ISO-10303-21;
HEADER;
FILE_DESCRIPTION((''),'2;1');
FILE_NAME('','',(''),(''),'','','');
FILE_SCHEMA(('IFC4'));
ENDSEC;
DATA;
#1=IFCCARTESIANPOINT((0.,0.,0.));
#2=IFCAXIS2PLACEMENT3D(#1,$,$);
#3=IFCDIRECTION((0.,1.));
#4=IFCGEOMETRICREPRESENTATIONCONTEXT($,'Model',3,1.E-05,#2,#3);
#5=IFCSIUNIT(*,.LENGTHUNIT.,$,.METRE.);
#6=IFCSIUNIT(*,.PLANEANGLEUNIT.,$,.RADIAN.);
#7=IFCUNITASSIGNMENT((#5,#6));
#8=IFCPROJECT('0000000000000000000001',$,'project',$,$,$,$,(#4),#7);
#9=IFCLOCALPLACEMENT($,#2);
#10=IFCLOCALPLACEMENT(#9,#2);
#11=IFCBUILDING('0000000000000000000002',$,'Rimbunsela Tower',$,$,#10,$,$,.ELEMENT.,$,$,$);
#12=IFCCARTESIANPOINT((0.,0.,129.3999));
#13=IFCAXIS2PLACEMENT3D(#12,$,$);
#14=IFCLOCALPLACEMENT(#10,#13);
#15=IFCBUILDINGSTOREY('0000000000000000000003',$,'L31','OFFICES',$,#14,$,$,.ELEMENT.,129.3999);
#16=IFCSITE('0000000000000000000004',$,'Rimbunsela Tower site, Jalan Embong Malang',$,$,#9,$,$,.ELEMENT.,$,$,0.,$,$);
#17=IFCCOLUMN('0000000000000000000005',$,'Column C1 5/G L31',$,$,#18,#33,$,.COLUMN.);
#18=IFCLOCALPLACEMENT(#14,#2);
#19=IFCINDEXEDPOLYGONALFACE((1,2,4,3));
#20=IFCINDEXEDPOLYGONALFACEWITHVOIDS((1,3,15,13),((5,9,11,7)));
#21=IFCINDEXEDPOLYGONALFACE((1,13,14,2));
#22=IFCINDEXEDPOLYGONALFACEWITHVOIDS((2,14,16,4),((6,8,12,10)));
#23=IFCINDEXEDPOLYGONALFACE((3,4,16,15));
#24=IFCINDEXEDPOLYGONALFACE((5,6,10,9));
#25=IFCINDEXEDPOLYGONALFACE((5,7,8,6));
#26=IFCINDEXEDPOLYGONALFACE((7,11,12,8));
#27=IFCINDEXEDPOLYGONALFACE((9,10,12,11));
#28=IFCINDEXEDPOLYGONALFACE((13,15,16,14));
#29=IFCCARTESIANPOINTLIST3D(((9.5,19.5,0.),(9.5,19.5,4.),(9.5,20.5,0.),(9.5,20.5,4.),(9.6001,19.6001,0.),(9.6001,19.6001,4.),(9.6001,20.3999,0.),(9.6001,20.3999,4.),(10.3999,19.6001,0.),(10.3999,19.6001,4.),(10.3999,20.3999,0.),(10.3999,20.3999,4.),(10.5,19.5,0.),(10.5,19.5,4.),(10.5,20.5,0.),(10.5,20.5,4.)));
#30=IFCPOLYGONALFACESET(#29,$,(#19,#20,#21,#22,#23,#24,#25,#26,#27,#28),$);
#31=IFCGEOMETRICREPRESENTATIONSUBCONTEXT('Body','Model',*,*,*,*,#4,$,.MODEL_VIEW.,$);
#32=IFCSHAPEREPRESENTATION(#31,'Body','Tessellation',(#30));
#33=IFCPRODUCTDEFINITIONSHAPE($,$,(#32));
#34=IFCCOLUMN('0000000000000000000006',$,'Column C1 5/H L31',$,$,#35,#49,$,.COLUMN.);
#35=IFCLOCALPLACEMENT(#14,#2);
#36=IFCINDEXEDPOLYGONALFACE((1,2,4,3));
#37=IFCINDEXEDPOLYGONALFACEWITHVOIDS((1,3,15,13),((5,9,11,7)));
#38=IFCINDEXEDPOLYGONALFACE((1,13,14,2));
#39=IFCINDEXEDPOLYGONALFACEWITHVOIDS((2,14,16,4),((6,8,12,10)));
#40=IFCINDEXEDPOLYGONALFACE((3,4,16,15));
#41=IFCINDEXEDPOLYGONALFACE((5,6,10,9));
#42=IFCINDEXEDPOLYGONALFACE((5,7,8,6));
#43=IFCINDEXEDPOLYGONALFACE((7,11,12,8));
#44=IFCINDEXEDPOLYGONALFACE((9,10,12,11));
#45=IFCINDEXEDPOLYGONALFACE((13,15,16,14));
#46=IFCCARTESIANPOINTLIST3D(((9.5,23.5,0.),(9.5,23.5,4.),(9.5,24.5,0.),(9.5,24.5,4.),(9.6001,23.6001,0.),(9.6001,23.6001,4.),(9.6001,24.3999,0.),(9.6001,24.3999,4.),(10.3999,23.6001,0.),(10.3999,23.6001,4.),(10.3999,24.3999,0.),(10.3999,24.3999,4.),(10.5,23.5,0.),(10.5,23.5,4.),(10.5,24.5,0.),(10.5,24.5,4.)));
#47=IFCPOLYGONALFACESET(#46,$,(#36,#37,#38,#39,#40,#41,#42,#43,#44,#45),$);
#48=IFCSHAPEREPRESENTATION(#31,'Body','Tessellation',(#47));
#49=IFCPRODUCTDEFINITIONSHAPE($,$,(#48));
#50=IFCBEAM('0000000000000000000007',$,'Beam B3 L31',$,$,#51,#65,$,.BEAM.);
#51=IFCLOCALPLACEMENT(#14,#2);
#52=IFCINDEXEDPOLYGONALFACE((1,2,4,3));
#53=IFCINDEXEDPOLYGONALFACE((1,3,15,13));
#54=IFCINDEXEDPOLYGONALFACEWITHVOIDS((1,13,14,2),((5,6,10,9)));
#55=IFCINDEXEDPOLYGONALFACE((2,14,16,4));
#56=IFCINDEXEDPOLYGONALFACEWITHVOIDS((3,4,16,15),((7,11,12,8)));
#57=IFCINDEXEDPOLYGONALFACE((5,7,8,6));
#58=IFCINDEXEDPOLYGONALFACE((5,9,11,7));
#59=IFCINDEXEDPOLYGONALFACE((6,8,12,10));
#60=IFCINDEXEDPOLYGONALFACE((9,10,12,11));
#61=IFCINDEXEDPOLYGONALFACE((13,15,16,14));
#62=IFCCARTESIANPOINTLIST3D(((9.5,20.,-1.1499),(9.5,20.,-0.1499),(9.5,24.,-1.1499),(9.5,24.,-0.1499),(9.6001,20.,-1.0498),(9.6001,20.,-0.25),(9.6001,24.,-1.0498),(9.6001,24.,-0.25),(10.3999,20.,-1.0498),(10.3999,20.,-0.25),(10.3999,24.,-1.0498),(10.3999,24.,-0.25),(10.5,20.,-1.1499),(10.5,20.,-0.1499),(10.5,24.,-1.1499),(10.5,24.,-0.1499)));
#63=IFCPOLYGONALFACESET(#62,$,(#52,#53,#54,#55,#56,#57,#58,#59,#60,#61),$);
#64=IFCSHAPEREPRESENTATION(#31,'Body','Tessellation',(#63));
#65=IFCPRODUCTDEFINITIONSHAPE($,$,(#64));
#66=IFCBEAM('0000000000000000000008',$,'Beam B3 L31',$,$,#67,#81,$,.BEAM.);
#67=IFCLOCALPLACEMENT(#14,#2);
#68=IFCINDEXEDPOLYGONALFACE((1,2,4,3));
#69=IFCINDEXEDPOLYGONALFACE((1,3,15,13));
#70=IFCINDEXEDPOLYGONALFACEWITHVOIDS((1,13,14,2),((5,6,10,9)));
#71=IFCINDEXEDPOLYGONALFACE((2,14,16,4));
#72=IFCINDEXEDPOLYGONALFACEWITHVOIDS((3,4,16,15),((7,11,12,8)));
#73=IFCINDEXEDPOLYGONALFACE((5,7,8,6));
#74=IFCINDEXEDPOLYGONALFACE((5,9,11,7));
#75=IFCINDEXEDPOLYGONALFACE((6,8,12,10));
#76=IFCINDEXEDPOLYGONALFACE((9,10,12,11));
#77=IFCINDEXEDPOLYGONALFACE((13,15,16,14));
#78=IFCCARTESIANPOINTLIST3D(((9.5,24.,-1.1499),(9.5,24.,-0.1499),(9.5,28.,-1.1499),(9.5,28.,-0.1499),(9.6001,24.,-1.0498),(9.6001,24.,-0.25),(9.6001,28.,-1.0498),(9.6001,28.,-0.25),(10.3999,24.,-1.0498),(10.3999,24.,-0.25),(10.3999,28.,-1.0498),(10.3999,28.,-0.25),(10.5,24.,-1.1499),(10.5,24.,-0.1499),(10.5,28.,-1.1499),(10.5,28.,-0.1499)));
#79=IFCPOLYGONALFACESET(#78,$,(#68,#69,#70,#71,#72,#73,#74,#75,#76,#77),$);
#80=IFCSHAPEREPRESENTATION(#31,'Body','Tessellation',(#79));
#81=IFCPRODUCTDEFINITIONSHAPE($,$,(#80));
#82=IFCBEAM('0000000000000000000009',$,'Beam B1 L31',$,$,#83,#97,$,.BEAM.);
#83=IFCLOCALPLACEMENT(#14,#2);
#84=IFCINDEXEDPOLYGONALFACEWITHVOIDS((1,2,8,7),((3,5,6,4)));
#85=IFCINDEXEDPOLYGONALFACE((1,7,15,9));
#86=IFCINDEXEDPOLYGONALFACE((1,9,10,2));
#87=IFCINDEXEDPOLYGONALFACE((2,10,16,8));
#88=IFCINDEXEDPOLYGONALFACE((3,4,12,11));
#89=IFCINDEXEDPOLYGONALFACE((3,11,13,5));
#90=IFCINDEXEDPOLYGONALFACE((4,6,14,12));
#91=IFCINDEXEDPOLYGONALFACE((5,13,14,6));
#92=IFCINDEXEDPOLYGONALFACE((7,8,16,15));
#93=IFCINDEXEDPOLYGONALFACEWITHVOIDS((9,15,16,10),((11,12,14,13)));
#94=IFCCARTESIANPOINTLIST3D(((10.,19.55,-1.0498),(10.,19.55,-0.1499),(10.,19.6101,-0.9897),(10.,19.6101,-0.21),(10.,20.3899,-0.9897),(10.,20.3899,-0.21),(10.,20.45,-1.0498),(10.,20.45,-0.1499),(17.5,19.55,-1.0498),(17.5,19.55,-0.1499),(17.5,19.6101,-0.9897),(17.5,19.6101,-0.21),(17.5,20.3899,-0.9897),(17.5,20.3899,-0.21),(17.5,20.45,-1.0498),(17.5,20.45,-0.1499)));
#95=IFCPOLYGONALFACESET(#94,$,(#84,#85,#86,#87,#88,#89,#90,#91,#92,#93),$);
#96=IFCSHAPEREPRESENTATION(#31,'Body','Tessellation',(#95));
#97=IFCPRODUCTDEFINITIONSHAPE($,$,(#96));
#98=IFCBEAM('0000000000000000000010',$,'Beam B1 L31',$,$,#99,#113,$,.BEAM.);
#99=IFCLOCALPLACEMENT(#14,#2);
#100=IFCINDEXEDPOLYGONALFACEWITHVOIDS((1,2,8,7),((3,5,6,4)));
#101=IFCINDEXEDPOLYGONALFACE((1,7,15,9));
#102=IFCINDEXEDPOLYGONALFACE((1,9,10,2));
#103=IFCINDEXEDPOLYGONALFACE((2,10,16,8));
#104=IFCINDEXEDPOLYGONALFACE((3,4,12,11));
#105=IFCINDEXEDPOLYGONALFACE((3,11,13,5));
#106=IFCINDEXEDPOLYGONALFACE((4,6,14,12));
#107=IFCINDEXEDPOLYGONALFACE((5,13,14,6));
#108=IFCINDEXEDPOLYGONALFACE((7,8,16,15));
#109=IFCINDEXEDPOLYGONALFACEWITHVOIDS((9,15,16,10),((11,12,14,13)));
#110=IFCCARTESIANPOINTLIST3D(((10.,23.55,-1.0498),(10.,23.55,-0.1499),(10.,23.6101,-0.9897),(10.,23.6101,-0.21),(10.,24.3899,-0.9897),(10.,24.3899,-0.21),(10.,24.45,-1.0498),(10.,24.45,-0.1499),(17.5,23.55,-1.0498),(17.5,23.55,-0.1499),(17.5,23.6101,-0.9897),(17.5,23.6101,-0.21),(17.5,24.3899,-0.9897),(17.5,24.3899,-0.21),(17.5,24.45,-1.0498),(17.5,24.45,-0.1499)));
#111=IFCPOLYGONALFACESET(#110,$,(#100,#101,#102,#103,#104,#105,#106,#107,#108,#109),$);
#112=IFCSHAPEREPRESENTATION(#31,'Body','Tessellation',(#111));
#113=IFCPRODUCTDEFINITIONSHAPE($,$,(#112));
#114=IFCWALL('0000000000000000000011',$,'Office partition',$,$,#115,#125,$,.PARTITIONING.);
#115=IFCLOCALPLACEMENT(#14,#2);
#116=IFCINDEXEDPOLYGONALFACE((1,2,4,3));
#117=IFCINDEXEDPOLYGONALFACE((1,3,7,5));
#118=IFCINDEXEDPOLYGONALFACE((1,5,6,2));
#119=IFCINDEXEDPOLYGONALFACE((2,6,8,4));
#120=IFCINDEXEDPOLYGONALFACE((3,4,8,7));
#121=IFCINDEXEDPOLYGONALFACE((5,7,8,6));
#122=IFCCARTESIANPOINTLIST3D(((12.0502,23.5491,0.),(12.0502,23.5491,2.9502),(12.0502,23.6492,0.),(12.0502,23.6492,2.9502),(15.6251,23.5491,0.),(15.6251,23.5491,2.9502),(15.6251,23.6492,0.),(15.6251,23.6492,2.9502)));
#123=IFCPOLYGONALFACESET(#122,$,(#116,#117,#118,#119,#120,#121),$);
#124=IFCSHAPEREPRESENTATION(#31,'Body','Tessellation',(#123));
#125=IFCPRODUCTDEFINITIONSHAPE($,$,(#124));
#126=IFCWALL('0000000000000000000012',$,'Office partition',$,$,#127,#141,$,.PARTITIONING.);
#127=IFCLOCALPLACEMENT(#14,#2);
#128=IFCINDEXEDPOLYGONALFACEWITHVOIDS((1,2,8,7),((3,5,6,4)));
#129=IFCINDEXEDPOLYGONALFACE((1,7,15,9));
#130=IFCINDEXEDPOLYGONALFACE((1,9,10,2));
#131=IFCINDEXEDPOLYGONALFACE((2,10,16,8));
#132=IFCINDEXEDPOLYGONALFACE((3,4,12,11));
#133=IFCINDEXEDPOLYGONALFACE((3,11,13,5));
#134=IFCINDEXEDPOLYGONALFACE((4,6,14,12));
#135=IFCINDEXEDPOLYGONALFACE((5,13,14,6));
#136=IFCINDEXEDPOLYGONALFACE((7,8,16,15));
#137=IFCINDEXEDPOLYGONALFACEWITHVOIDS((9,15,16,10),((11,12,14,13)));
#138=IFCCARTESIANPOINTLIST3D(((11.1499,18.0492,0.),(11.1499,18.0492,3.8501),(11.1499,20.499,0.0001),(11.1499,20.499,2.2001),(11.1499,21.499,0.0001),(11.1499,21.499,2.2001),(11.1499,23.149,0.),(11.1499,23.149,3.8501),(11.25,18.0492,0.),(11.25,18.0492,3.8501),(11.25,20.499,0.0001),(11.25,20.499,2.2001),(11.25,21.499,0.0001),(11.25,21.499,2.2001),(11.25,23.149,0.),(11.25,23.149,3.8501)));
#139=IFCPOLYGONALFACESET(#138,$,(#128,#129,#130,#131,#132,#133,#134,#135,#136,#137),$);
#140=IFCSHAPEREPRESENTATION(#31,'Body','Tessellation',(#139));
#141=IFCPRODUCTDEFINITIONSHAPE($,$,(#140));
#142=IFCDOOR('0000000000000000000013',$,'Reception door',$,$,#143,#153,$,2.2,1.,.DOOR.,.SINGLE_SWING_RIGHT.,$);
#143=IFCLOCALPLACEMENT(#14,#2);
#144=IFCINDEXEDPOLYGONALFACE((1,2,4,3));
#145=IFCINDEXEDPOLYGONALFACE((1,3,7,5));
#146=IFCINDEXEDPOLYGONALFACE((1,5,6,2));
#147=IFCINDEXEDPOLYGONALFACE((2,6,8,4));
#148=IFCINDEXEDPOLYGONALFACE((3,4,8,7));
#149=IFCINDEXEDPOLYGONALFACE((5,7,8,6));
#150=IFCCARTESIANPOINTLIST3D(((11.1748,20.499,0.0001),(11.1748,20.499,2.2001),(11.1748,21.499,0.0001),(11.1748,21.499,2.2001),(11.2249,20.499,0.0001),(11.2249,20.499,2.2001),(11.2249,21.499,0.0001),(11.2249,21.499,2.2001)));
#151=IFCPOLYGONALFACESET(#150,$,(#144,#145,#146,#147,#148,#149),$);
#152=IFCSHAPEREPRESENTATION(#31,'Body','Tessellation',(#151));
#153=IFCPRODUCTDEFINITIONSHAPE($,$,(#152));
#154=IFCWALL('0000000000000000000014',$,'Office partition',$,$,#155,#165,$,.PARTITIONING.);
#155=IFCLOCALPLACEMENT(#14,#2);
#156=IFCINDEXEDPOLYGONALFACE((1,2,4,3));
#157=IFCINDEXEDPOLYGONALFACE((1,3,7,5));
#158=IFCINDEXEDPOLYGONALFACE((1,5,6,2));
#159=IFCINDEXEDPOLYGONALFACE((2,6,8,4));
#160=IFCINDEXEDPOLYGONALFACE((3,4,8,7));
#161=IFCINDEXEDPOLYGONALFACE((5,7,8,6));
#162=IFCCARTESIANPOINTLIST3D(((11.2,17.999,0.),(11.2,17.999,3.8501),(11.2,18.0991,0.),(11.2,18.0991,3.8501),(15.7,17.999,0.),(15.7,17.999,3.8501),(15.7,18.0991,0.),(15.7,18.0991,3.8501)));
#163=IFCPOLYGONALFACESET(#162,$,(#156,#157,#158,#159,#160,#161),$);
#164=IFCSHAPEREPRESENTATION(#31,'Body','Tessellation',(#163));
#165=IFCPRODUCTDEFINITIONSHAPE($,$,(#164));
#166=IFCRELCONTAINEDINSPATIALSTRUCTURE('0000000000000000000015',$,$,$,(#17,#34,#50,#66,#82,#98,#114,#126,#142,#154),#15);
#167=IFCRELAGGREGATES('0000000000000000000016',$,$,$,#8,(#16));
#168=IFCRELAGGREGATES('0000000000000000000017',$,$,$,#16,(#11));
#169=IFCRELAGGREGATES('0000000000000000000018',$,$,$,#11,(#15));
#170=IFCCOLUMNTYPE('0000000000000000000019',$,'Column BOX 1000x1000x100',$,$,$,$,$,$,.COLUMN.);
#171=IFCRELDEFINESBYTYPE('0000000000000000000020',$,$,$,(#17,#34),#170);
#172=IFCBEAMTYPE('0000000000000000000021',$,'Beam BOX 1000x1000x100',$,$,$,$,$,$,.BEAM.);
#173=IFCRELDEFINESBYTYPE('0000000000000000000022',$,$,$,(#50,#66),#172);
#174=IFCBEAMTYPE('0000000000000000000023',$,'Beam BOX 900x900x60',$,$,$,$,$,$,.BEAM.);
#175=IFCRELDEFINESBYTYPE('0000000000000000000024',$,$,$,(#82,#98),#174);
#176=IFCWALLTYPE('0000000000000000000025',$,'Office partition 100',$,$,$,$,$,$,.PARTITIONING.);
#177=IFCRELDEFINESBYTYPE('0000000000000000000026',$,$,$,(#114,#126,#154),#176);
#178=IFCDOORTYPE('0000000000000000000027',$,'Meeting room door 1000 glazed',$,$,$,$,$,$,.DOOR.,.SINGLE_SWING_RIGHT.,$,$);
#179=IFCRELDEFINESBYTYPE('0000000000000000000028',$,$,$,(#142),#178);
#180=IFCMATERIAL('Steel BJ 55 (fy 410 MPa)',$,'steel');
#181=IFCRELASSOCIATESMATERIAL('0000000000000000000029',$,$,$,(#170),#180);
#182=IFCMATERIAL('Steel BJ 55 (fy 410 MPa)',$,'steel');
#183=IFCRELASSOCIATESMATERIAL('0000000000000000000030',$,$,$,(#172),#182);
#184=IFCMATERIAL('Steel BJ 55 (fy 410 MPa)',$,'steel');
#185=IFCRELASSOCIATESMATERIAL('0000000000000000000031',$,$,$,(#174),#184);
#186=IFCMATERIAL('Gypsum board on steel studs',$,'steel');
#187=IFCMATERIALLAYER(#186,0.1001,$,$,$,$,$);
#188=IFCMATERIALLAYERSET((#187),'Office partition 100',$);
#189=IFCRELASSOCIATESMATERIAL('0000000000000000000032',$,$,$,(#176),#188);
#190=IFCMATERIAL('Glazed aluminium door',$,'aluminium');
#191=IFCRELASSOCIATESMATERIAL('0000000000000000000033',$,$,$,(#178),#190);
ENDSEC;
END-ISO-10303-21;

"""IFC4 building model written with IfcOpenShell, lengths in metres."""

from ifc_helpers import new_model, si_unit, direction, frame, frame_2d, origin, origin_2d, place, context, subcontext, project, spatial, rectangle, hollow_rectangle, extrude, material, layer, layer_set, material_profile, profile_set, type_object, element, fill, save


model = new_model("IFC4")

# Units and contexts
model_context = context("Model", 3, precision=1e-05, world=origin(), true_north=direction((0.0, 1.0)))
body_context = subcontext(model_context, "Body", "Model", "MODEL_VIEW")
ifc_project = project(units=[si_unit("LENGTHUNIT", "METRE"), si_unit("PLANEANGLEUNIT", "RADIAN")], contexts=[model_context])

# Site, building, storey
site_placement = place(None, origin())
site = spatial("IfcSite", under=ifc_project, at=site_placement, Name="Rimbunsela Tower site, Jalan Embong Malang", CompositionType="ELEMENT", RefElevation=0.0)
building_placement = place(site_placement, origin())
building = spatial("IfcBuilding", under=site, at=building_placement, Name="Rimbunsela Tower", CompositionType="ELEMENT")
storey_placement = place(building_placement, frame((0.0, 0.0, 129.3999)))
storey = spatial("IfcBuildingStorey", under=building, at=storey_placement, Name="L31", Description="OFFICES", CompositionType="ELEMENT", Elevation=129.3999)

# Columns
ifc_material_1 = material(Name="Steel BJ 55 (fy 410 MPa)", Category="steel")
ifc_material_profile_1 = material_profile(ifc_material_1, hollow_rectangle(XDim=1.0, YDim=1.0, WallThickness=0.1001, at=origin_2d()), Name="BOX 1000x1000x100")
ifc_profile_set_1 = profile_set([ifc_material_profile_1], Name="Steel BJ 55 (fy 410 MPa)")
column_type = type_object("IfcColumnType", Name="Column BOX 1000x1000x100", PredefinedType="COLUMN", material=ifc_profile_set_1)
for number, where, z_axis, x_axis, name in (
    (1, (10.0, 20.0, 0.0), (0.0, 0.0, 1.0), (1.0, 0.0, 0.0), "Column C1 5/G L31"),
    (2, (10.0, 24.0, 0.0), (0.0, 0.0, 1.0), (1.0, 0.0, 0.0), "Column C1 5/H L31"),
):
    element("IfcColumn", number, at=place(storey_placement, frame(where, z_axis=z_axis, x_axis=x_axis)), inside=storey, type_object=column_type, Name=name, PredefinedType="COLUMN", context=body_context, shape_type="SweptSolid", body=[
        extrude(hollow_rectangle(XDim=1.0, YDim=1.0, WallThickness=0.1001, at=origin_2d()), origin(), (0.0, 0.0, 1.0), 4.0),
    ])

# Beams
ifc_material_2 = material(Name="Steel BJ 55 (fy 410 MPa)", Category="steel")
ifc_material_profile_2 = material_profile(ifc_material_2, hollow_rectangle(XDim=1.0, YDim=1.0, WallThickness=0.1001, at=origin_2d()), Name="BOX 1000x1000x100")
ifc_profile_set_2 = profile_set([ifc_material_profile_2], Name="Steel BJ 55 (fy 410 MPa)")
beam_type_1 = type_object("IfcBeamType", Name="Beam BOX 1000x1000x100", PredefinedType="BEAM", material=ifc_profile_set_2)
for number, where, z_axis, x_axis, name in (
    (3, (10.0, 20.0, -0.6499), (0.0, 1.0, 0.0), (-1.0, 0.0, 0.0), "Beam B3 L31"),
    (4, (10.0, 24.0, -0.6499), (0.0, 1.0, 0.0), (-1.0, 0.0, 0.0), "Beam B3 L31"),
):
    element("IfcBeam", number, at=place(storey_placement, frame(where, z_axis=z_axis, x_axis=x_axis)), inside=storey, type_object=beam_type_1, Name=name, PredefinedType="BEAM", context=body_context, shape_type="SweptSolid", body=[
        extrude(hollow_rectangle(XDim=1.0, YDim=1.0, WallThickness=0.1001, at=origin_2d()), origin(), (0.0, 0.0, 1.0), 4.0),
    ])
ifc_material_3 = material(Name="Steel BJ 55 (fy 410 MPa)", Category="steel")
ifc_material_profile_3 = material_profile(ifc_material_3, hollow_rectangle(XDim=0.8999, YDim=0.8999, WallThickness=0.0601, at=origin_2d()), Name="BOX 900x900x60")
ifc_profile_set_3 = profile_set([ifc_material_profile_3], Name="Steel BJ 55 (fy 410 MPa)")
beam_type_2 = type_object("IfcBeamType", Name="Beam BOX 900x900x60", PredefinedType="BEAM", material=ifc_profile_set_3)
for number, where, z_axis, x_axis, name in (
    (5, (10.0, 20.0, -0.5999), (1.0, 0.0, 0.0), (0.0, 1.0, 0.0), "Beam B1 L31"),
    (6, (10.0, 24.0, -0.5999), (1.0, 0.0, 0.0), (0.0, 1.0, 0.0), "Beam B1 L31"),
):
    element("IfcBeam", number, at=place(storey_placement, frame(where, z_axis=z_axis, x_axis=x_axis)), inside=storey, type_object=beam_type_2, Name=name, PredefinedType="BEAM", context=body_context, shape_type="SweptSolid", body=[
        extrude(hollow_rectangle(XDim=0.8999, YDim=0.8999, WallThickness=0.0601, at=origin_2d()), origin(), (0.0, 0.0, 1.0), 7.5),
    ])

# Wall
ifc_material_4 = material(Name="Gypsum board on steel studs", Category="steel")
ifc_layer_1 = layer(ifc_material_4, 0.1001)
ifc_layer_set_1 = layer_set([ifc_layer_1], Name="Office partition 100")
wall_type_1 = type_object("IfcWallType", Name="Office partition 100", PredefinedType="PARTITIONING", material=ifc_layer_set_1)
wall_1_placement = place(storey_placement, frame((12.05, 23.5991, 0.0), z_axis=(0.0, 0.0, 1.0), x_axis=(1.0, 0.0, 0.0)))
element("IfcWall", 7, at=wall_1_placement, inside=storey, type_object=wall_type_1, Name="Office partition", PredefinedType="PARTITIONING", context=body_context, shape_type="SweptSolid", body=[
    extrude(rectangle(XDim=3.575, YDim=0.1001, at=frame_2d((1.7876, 0.0))), origin(), (0.0, 0.0, 1.0), 2.9502),
])

# Wall, opening, door
wall_2_placement = place(storey_placement, frame((11.2, 23.1489, 0.0), z_axis=(0.0, 0.0, 1.0), x_axis=(0.0, -1.0, 0.0)))
wall_2 = element("IfcWall", 8, at=wall_2_placement, inside=storey, type_object=wall_type_1, Name="Office partition", PredefinedType="PARTITIONING", context=body_context, shape_type="SweptSolid", body=[
    extrude(rectangle(XDim=5.0999, YDim=0.1001, at=frame_2d((2.5498, 0.0))), origin(), (0.0, 0.0, 1.0), 3.8501),
])
opening_1_placement = place(wall_2_placement, frame((1.6499, 0.0, 0.0)))
opening_1 = element("IfcOpeningElement", 9, at=opening_1_placement, cuts=wall_2, PredefinedType="OPENING", context=body_context, shape_type="SweptSolid", body=[
    extrude(rectangle(XDim=1.0, YDim=2.2, at=frame_2d((0.5, 1.1001))), frame((0.0, 0.0601, 0.0), z_axis=(0.0, -1.0, 0.0), x_axis=(1.0, 0.0, 0.0)), (0.0, 0.0, 1.0), 0.1201),
])
ifc_material_5 = material(Name="Glazed aluminium door", Category="aluminium")
door_type = type_object("IfcDoorType", Name="Meeting room door 1000 glazed", OperationType="SINGLE_SWING_RIGHT", PredefinedType="DOOR", material=ifc_material_5)
door_placement = place(opening_1_placement, origin())
door = element("IfcDoor", 10, at=door_placement, inside=storey, type_object=door_type, Name="Reception door", OperationType="SINGLE_SWING_RIGHT", OverallHeight=2.2, OverallWidth=1.0, PredefinedType="DOOR", context=body_context, shape_type="SweptSolid", body=[
    extrude(rectangle(XDim=1.0, YDim=2.2, at=frame_2d((0.5, 1.1001))), frame((0.0, 0.0249, 0.0), z_axis=(0.0, -1.0, 0.0), x_axis=(1.0, 0.0, 0.0)), (0.0, 0.0, 1.0), 0.05),
])
fill(opening_1, door)

# Wall
wall_3_placement = place(storey_placement, frame((11.2, 18.0491, 0.0), z_axis=(0.0, 0.0, 1.0), x_axis=(1.0, 0.0, 0.0)))
element("IfcWall", 11, at=wall_3_placement, inside=storey, type_object=wall_type_1, Name="Office partition", PredefinedType="PARTITIONING", context=body_context, shape_type="SweptSolid", body=[
    extrude(rectangle(XDim=4.5, YDim=0.1001, at=frame_2d((2.25, 0.0))), origin(), (0.0, 0.0, 1.0), 3.8501),
])

save(model, "model.ifc")
